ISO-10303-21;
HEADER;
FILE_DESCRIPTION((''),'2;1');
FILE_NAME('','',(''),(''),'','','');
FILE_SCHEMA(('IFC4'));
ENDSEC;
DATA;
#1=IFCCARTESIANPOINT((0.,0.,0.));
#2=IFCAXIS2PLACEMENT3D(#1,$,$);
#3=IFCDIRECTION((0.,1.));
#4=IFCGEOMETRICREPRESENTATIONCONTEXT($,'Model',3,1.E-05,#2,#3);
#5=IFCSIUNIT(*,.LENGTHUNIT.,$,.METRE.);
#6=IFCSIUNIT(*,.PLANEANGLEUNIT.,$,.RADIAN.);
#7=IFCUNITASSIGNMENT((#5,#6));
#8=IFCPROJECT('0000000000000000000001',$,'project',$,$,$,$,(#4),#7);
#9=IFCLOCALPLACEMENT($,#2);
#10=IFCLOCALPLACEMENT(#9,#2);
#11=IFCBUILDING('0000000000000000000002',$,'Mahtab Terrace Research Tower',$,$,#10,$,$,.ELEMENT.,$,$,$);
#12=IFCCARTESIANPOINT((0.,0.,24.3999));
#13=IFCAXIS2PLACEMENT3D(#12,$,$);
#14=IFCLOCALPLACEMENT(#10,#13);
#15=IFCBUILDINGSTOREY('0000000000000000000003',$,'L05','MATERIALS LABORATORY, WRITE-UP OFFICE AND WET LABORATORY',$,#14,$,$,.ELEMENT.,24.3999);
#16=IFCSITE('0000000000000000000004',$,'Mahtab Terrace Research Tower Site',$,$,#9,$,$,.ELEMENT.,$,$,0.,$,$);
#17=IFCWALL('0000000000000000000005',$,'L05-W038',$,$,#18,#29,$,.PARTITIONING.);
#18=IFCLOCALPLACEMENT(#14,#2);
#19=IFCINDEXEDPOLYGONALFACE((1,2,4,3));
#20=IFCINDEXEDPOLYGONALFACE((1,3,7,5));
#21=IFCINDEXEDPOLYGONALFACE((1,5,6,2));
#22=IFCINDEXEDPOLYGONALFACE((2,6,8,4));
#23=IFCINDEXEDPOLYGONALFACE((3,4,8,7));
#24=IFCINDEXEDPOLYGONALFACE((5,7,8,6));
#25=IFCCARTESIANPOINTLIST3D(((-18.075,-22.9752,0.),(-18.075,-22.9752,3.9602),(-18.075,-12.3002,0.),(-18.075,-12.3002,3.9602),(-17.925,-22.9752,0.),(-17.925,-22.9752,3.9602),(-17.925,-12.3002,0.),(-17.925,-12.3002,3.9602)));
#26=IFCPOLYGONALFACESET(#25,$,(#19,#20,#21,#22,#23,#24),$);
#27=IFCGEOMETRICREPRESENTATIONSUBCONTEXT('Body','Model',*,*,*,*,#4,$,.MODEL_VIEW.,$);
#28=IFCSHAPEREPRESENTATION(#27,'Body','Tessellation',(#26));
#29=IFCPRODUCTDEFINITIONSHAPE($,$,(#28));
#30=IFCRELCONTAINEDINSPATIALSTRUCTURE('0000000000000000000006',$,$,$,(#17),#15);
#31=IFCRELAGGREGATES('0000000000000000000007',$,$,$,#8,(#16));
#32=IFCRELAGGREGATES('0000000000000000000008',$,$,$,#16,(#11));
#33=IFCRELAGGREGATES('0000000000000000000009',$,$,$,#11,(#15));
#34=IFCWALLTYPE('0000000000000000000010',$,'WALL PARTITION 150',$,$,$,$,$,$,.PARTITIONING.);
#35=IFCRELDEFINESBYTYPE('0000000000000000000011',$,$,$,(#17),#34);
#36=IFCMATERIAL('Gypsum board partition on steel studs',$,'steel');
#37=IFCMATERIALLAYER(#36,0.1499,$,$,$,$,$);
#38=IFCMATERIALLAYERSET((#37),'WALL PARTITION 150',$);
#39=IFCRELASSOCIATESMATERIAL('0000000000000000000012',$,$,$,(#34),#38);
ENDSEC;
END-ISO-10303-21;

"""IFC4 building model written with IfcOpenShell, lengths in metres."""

from ifc_helpers import new_model, si_unit, direction, frame, frame_2d, origin, place, context, subcontext, project, spatial, rectangle, extrude, material, layer, layer_set, type_object, element, save


model = new_model("IFC4")

# Units and contexts
model_context = context("Model", 3, precision=1e-05, world=origin(), true_north=direction((0.0, 1.0)))
body_context = subcontext(model_context, "Body", "Model", "MODEL_VIEW")
ifc_project = project(units=[si_unit("LENGTHUNIT", "METRE"), si_unit("PLANEANGLEUNIT", "RADIAN")], contexts=[model_context])

# Site, building, storey
site_placement = place(None, origin())
site = spatial("IfcSite", under=ifc_project, at=site_placement, Name="Mahtab Terrace Research Tower Site", CompositionType="ELEMENT", RefElevation=0.0)
building_placement = place(site_placement, origin())
building = spatial("IfcBuilding", under=site, at=building_placement, Name="Mahtab Terrace Research Tower", CompositionType="ELEMENT")
storey_placement = place(building_placement, frame((0.0, 0.0, 24.3999)))
storey = spatial("IfcBuildingStorey", under=building, at=storey_placement, Name="L05", Description="MATERIALS LABORATORY, WRITE-UP OFFICE AND WET LABORATORY", CompositionType="ELEMENT", Elevation=24.3999)

# Wall
ifc_material_1 = material(Name="Gypsum board partition on steel studs", Category="steel")
ifc_layer_1 = layer(ifc_material_1, 0.1499)
ifc_layer_set_1 = layer_set([ifc_layer_1], Name="WALL PARTITION 150")
wall_type_1 = type_object("IfcWallType", Name="WALL PARTITION 150", PredefinedType="PARTITIONING", material=ifc_layer_set_1)
wall_1_placement = place(storey_placement, frame((-18.0, -22.9751, 0.0), z_axis=(0.0, 0.0, 1.0), x_axis=(0.0, 1.0, 0.0)))
element("IfcWall", 1, at=wall_1_placement, inside=storey, type_object=wall_type_1, Name="L05-W038", PredefinedType="PARTITIONING", context=body_context, shape_type="SweptSolid", body=[
    extrude(rectangle(XDim=10.675, YDim=0.1499, at=frame_2d((5.3374, 0.0))), origin(), (0.0, 0.0, 1.0), 3.9602),
])

save(model, "model.ifc")
